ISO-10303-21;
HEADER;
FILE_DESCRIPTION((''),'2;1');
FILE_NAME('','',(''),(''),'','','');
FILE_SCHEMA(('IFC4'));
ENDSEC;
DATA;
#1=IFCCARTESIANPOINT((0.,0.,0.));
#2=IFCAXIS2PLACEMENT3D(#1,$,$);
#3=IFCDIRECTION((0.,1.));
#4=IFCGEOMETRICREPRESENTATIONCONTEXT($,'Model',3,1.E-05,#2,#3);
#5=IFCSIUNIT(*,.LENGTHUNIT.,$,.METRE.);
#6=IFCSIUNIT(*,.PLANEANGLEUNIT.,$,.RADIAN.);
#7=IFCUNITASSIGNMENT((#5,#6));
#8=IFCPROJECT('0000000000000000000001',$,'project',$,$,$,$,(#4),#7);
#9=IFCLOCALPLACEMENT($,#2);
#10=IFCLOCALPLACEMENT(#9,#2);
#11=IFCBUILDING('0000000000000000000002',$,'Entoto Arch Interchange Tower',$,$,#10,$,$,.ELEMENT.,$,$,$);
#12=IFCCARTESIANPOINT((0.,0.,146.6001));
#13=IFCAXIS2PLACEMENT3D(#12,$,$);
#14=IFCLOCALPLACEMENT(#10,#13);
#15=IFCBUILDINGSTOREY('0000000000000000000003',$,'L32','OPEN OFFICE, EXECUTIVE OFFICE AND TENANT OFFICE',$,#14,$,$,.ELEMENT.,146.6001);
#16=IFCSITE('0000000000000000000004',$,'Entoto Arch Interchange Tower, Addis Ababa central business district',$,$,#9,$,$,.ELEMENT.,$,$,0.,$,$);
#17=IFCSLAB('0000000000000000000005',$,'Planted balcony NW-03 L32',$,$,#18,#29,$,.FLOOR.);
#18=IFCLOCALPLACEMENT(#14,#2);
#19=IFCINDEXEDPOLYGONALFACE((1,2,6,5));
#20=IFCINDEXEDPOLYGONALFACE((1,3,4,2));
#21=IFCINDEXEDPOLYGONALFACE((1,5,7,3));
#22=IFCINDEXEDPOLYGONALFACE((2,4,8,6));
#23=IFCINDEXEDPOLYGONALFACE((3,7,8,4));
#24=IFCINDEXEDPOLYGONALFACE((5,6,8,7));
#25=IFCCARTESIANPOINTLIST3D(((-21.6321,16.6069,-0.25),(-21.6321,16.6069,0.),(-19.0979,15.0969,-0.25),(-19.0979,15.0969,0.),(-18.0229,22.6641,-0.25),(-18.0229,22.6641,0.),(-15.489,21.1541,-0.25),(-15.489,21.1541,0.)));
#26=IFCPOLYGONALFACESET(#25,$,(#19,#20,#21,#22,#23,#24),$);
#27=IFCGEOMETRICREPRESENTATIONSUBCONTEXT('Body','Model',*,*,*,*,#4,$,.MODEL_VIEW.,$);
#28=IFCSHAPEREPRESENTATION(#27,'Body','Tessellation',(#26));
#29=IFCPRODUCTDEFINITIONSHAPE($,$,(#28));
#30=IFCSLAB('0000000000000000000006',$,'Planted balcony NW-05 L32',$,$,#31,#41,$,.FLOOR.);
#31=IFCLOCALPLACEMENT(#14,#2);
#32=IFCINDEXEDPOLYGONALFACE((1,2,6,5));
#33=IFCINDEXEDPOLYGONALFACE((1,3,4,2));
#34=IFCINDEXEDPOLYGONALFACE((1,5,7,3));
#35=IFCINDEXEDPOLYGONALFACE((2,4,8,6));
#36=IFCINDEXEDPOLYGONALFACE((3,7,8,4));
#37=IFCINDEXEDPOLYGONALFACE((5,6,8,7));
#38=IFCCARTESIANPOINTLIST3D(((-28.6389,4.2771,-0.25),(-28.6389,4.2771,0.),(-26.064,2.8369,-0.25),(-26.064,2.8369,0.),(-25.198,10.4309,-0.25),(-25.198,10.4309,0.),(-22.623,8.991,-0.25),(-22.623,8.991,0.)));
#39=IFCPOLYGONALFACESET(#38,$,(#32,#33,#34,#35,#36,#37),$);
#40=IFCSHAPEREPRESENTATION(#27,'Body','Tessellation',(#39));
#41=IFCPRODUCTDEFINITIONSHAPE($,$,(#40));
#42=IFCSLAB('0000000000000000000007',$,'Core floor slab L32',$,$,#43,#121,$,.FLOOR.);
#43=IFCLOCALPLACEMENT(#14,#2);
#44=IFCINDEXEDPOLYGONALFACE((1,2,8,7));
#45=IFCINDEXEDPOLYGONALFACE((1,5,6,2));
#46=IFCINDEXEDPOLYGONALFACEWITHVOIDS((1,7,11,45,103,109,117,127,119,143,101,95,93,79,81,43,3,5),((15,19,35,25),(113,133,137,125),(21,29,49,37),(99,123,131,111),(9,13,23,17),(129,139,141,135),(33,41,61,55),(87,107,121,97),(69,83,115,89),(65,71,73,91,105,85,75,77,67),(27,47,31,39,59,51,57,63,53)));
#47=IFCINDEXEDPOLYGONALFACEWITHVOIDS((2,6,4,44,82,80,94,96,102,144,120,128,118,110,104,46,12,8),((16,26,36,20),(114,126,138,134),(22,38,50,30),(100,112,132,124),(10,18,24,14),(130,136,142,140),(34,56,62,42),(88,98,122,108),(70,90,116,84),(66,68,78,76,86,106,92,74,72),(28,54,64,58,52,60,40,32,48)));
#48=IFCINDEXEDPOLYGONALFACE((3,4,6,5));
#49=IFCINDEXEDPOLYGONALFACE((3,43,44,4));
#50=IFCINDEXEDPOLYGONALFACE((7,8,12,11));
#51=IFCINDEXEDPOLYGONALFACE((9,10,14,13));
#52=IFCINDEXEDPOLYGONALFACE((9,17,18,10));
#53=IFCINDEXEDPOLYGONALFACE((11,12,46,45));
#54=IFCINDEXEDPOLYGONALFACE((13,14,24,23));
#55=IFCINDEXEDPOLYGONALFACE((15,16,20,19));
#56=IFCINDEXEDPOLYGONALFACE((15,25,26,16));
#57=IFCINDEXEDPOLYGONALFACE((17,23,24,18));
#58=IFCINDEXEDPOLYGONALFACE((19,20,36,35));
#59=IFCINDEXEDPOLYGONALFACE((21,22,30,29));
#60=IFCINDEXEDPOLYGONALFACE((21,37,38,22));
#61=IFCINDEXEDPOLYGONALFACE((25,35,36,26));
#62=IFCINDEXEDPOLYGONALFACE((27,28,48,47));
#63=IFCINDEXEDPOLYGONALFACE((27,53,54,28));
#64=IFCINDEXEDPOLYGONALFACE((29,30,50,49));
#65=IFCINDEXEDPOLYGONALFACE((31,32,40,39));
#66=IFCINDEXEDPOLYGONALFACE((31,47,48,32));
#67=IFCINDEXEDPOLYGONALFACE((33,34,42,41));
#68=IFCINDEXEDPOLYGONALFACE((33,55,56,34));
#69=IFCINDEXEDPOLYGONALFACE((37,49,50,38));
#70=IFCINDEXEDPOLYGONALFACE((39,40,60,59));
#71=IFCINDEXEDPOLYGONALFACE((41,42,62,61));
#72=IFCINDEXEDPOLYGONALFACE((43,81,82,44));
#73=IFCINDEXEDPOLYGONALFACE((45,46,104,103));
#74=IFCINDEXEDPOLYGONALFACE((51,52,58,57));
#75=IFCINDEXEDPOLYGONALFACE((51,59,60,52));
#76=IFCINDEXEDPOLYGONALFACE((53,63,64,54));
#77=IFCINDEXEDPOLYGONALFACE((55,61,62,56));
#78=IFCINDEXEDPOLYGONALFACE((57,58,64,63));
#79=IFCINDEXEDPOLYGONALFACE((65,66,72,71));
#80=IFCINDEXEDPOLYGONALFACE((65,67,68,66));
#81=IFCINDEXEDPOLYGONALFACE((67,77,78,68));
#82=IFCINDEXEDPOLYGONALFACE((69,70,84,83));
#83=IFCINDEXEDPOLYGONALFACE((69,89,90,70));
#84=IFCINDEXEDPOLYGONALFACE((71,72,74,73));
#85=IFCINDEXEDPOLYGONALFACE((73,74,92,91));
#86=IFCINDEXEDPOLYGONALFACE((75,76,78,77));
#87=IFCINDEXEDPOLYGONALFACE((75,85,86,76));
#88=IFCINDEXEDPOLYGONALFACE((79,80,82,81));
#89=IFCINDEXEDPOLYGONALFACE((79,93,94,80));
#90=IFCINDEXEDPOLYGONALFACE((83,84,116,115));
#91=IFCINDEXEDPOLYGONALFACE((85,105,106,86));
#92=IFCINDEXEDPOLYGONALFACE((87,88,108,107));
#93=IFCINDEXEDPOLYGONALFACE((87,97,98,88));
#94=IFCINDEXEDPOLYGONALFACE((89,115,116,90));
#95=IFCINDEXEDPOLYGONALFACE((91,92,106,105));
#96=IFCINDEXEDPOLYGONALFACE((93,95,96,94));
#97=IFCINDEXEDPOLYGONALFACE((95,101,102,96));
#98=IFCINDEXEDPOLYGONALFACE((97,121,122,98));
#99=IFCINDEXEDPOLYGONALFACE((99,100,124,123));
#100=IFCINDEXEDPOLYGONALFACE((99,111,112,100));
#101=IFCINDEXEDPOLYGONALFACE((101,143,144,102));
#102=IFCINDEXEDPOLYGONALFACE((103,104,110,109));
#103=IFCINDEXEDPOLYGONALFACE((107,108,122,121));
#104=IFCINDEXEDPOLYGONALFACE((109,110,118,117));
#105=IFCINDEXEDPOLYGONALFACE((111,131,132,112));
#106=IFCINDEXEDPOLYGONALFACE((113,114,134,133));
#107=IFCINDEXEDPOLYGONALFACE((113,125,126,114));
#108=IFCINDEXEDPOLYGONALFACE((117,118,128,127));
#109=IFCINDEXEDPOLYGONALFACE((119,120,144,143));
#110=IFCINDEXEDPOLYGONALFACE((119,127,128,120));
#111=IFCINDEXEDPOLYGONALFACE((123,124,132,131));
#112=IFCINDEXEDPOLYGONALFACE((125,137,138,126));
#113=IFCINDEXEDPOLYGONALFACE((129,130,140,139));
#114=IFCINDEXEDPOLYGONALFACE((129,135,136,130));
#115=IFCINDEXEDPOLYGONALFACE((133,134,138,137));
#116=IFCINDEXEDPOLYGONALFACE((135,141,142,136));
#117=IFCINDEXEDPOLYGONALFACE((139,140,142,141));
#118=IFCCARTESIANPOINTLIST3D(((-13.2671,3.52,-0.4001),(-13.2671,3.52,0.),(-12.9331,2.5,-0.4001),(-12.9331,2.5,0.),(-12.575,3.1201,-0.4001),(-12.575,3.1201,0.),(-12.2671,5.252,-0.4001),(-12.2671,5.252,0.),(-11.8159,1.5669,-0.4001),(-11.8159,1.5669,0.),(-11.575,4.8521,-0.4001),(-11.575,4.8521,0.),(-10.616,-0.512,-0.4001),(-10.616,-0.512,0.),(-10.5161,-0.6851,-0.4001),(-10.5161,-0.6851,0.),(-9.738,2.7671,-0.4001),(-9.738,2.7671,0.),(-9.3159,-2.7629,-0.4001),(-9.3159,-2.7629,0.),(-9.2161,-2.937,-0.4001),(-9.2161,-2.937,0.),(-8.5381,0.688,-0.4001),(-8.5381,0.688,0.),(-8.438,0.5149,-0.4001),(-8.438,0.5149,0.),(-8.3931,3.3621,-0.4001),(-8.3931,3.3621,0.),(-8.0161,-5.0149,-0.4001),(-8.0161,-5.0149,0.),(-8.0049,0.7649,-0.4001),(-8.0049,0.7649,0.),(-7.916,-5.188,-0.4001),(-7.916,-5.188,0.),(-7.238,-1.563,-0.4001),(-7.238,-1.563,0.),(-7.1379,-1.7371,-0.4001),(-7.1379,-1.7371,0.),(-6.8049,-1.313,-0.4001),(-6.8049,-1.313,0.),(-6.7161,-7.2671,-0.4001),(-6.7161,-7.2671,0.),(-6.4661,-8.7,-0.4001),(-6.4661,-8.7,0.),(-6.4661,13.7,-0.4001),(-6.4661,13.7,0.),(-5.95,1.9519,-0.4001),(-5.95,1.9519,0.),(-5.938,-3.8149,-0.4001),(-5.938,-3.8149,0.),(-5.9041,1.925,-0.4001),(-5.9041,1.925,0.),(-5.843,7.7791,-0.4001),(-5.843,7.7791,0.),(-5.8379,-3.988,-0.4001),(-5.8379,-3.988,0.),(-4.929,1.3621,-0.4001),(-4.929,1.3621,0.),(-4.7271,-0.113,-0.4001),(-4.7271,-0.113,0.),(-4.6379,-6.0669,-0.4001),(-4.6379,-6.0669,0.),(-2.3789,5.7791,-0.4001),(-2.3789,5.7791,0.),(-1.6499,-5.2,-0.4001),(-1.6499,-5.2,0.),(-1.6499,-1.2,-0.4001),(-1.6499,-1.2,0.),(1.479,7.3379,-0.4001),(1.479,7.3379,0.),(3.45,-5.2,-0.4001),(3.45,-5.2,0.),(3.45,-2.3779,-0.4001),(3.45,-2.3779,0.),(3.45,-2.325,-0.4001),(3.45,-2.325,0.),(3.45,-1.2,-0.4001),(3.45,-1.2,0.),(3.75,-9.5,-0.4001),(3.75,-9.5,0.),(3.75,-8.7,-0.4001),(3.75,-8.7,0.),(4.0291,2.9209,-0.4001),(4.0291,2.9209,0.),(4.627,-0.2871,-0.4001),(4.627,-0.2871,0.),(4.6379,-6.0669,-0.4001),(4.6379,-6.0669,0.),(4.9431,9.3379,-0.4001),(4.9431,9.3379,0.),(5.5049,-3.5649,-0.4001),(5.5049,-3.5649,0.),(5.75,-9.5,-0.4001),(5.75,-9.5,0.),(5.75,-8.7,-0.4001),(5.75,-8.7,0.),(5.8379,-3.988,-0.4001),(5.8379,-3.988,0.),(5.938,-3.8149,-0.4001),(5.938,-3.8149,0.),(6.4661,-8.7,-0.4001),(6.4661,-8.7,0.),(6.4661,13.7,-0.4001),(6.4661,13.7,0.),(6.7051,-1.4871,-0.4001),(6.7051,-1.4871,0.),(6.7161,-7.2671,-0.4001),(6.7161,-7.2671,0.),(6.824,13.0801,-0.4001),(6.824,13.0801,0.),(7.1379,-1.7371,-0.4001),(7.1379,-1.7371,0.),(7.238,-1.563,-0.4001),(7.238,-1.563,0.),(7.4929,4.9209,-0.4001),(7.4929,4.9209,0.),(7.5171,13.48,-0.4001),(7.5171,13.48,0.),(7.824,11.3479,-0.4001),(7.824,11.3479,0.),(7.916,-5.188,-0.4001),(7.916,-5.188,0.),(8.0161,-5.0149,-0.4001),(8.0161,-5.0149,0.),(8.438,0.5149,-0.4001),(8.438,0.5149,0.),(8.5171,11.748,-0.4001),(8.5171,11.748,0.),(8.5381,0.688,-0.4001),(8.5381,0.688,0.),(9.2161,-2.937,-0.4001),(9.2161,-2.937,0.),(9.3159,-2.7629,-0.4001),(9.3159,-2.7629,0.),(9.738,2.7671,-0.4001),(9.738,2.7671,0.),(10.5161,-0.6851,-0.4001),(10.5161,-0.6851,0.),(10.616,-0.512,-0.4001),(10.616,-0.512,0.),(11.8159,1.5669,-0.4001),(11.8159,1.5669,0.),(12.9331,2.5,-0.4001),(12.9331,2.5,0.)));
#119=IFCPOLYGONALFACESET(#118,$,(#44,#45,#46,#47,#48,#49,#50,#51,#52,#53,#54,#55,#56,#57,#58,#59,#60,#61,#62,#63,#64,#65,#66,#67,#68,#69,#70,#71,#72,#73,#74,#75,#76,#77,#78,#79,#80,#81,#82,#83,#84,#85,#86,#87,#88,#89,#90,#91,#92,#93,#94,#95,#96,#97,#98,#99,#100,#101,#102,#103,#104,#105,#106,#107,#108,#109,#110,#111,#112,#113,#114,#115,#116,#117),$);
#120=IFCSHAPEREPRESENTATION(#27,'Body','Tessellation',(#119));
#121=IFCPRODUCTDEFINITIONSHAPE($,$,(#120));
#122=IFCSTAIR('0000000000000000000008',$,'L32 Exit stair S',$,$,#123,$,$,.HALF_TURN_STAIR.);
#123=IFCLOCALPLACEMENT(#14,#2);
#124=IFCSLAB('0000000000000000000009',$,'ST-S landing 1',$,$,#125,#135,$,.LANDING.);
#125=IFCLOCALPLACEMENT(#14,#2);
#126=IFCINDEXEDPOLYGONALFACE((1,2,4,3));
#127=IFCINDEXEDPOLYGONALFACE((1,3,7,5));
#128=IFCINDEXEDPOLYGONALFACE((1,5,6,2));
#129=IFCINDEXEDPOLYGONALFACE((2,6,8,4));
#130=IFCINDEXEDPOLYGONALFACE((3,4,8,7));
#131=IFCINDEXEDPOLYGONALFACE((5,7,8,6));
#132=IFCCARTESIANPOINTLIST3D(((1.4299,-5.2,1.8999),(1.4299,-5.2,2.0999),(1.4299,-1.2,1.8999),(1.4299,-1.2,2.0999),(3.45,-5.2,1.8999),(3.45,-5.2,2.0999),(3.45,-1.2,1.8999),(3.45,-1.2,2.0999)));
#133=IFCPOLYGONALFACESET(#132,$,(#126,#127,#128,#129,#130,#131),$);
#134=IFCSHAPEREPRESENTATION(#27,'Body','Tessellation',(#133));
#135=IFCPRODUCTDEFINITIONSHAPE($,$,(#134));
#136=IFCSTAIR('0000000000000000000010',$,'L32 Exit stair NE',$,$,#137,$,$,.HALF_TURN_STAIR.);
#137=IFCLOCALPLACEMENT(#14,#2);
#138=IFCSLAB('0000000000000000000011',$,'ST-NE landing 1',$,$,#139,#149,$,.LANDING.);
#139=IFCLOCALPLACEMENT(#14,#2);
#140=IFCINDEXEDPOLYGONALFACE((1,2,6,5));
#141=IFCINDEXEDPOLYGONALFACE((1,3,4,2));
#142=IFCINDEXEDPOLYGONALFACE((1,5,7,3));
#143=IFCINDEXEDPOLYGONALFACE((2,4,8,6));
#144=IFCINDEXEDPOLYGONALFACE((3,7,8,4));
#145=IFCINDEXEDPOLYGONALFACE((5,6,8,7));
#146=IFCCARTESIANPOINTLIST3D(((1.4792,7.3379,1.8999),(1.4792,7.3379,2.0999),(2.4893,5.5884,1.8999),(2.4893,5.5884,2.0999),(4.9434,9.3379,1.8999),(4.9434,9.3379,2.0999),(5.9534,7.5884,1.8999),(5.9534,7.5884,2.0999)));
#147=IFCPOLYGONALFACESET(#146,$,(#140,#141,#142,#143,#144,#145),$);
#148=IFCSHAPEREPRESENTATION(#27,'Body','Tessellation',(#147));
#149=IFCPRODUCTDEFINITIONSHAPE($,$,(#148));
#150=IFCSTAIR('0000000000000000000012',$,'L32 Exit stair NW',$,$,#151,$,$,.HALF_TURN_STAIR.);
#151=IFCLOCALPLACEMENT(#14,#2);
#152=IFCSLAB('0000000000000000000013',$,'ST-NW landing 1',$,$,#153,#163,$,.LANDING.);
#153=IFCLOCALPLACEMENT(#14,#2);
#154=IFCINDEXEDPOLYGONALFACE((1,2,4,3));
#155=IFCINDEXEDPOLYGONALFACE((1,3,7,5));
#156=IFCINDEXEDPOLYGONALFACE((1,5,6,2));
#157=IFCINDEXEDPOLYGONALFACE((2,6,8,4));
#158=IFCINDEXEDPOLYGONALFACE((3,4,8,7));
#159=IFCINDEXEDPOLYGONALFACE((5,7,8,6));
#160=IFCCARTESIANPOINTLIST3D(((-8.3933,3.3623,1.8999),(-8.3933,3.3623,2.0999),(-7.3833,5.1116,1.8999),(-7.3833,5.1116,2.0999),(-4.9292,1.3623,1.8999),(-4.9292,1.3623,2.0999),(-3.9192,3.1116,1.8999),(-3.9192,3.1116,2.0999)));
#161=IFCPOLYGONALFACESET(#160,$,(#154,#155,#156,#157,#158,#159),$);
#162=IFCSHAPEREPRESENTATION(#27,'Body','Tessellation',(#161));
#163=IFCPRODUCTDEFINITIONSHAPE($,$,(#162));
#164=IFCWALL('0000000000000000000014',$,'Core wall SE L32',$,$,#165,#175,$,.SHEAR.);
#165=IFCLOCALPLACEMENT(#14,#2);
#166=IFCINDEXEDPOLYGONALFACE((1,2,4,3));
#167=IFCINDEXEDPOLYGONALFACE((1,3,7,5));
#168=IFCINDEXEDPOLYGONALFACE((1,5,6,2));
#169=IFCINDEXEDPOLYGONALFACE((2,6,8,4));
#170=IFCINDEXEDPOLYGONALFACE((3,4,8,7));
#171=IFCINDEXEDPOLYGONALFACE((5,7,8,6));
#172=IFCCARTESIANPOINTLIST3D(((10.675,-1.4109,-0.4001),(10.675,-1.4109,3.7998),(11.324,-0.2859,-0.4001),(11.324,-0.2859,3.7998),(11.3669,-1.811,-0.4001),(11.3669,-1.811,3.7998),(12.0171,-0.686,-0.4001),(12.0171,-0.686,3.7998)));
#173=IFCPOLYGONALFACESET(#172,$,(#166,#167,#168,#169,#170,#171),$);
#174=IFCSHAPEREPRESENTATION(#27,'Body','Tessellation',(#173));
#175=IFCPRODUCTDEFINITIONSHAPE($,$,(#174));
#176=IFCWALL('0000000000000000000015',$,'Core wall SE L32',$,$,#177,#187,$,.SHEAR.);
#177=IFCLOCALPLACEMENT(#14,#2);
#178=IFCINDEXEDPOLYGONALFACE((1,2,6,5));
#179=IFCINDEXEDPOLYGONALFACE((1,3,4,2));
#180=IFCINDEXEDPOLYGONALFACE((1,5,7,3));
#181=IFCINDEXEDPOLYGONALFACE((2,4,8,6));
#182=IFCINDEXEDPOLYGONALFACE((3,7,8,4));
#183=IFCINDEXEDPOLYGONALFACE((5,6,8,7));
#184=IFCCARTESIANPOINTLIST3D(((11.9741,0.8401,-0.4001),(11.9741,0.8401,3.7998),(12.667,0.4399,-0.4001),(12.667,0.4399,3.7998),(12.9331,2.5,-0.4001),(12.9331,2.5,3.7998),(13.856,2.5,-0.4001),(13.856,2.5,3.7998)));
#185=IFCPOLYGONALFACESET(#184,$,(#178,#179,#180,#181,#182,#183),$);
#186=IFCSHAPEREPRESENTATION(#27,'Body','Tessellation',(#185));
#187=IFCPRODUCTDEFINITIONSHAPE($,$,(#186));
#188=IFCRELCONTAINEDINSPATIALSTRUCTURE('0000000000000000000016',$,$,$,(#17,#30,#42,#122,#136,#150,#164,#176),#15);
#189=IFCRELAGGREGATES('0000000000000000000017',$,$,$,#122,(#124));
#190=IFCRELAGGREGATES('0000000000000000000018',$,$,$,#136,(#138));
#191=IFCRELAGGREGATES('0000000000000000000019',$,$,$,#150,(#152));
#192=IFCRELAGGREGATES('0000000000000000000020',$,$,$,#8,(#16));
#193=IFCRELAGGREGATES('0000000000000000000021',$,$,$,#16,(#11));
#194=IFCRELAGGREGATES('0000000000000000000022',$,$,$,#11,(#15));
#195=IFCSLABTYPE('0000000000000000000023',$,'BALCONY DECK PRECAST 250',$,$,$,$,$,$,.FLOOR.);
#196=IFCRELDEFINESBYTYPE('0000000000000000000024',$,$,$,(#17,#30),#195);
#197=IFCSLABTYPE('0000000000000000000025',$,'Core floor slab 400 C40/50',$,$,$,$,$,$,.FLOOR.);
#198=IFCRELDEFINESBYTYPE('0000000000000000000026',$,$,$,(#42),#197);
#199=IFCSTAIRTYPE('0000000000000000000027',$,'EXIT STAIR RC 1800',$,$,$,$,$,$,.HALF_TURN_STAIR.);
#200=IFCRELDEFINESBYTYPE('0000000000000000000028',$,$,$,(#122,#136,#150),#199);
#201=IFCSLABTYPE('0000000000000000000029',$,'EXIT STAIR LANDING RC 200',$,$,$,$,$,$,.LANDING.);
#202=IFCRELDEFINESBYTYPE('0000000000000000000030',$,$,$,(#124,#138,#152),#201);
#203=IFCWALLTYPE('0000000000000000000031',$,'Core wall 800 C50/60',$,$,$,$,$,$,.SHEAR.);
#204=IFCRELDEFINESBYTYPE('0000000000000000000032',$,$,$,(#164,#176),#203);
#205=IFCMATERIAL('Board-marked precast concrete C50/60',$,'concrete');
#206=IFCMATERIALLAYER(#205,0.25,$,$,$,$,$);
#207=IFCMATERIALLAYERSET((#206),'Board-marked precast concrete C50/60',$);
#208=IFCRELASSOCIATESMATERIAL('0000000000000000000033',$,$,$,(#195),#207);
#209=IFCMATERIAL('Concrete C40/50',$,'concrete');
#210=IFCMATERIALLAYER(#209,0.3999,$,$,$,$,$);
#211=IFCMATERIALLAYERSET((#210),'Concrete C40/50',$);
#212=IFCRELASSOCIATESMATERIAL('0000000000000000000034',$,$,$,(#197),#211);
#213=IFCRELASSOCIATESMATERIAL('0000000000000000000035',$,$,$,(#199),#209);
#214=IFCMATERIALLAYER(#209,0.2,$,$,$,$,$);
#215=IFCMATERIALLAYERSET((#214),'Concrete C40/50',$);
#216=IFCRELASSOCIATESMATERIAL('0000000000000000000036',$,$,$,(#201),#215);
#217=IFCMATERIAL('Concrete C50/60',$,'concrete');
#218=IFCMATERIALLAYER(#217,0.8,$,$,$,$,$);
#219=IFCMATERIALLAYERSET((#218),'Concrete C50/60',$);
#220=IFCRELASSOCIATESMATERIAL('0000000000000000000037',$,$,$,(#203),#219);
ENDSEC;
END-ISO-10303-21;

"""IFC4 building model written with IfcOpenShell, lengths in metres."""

from ifc_helpers import new_model, si_unit, direction, frame, origin, place, context, subcontext, project, spatial, polyline, outline, extrude, material, layer, layer_set, type_object, element, aggregate, save


model = new_model("IFC4")

# Units and contexts
model_context = context("Model", 3, precision=1e-05, world=origin(), true_north=direction((0.0, 1.0)))
body_context = subcontext(model_context, "Body", "Model", "MODEL_VIEW")
ifc_project = project(units=[si_unit("LENGTHUNIT", "METRE"), si_unit("PLANEANGLEUNIT", "RADIAN")], contexts=[model_context])

# Site, building, storey
site_placement = place(None, origin())
site = spatial("IfcSite", under=ifc_project, at=site_placement, Name="Entoto Arch Interchange Tower, Addis Ababa central business district", CompositionType="ELEMENT", RefElevation=0.0)
building_placement = place(site_placement, origin())
building = spatial("IfcBuilding", under=site, at=building_placement, Name="Entoto Arch Interchange Tower", CompositionType="ELEMENT")
storey_placement = place(building_placement, frame((0.0, 0.0, 146.6001)))
storey = spatial("IfcBuildingStorey", under=building, at=storey_placement, Name="L32", Description="OPEN OFFICE, EXECUTIVE OFFICE AND TENANT OFFICE", CompositionType="ELEMENT", Elevation=146.6001)

# Slabs
ifc_material_1 = material(Name="Board-marked precast concrete C50/60", Category="concrete")
ifc_layer_1 = layer(ifc_material_1, 0.25)
ifc_layer_set_1 = layer_set([ifc_layer_1], Name="Board-marked precast concrete C50/60")
slab_type_1 = type_object("IfcSlabType", Name="BALCONY DECK PRECAST 250", PredefinedType="FLOOR", material=ifc_layer_set_1)
slab_1_placement = place(storey_placement, frame((0.0, 0.0, -0.25)))
element("IfcSlab", 1, at=slab_1_placement, inside=storey, type_object=slab_type_1, Name="Planted balcony NW-03 L32", PredefinedType="FLOOR", context=body_context, shape_type="SweptSolid", body=[
    extrude(outline(polyline([(-15.489, 21.1541), (-19.0979, 15.0969), (-21.6321, 16.6069), (-18.0229, 22.6641), (-15.489, 21.1541)])), origin(), (0.0, 0.0, 1.0), 0.25),
])
slab_2_placement = place(storey_placement, frame((0.0, 0.0, -0.25)))
element("IfcSlab", 2, at=slab_2_placement, inside=storey, type_object=slab_type_1, Name="Planted balcony NW-05 L32", PredefinedType="FLOOR", context=body_context, shape_type="SweptSolid", body=[
    extrude(outline(polyline([(-22.623, 8.991), (-26.064, 2.8369), (-28.6389, 4.2771), (-25.198, 10.4309), (-22.623, 8.991)])), origin(), (0.0, 0.0, 1.0), 0.25),
])
ifc_material_2 = material(Name="Concrete C40/50", Category="concrete")
ifc_layer_2 = layer(ifc_material_2, 0.3999)
ifc_layer_set_2 = layer_set([ifc_layer_2], Name="Concrete C40/50")
slab_type_2 = type_object("IfcSlabType", Name="Core floor slab 400 C40/50", PredefinedType="FLOOR", material=ifc_layer_set_2)
slab_3_placement = place(storey_placement, frame((0.0, 0.0, -0.4001)))
element("IfcSlab", 3, at=slab_3_placement, inside=storey, type_object=slab_type_2, Name="Core floor slab L32", PredefinedType="FLOOR", context=body_context, shape_type="SweptSolid", body=[
    extrude(outline(polyline([(5.75, -9.5), (3.75, -9.5), (3.75, -8.7), (-6.4661, -8.7), (-12.9331, 2.5), (-12.575, 3.1201), (-13.2671, 3.52), (-12.2671, 5.252), (-11.575, 4.8521), (-6.4661, 13.7), (6.4661, 13.7), (6.824, 13.0801), (7.5171, 13.48), (8.5171, 11.748), (7.824, 11.3479), (12.9331, 2.5), (6.4661, -8.7), (5.75, -8.7), (5.75, -9.5)]), holes=[polyline([(-5.8379, -3.988), (-7.916, -5.188), (-6.7161, -7.2671), (-4.6379, -6.0669), (-5.8379, -3.988)]), polyline([(-5.938, -3.8149), (-7.1379, -1.7371), (-9.2161, -2.937), (-8.0161, -5.0149), (-5.938, -3.8149)]), polyline([(5.5049, -3.5649), (6.7051, -1.4871), (4.627, -0.2871), (3.45, -2.325), (3.45, -1.2), (-1.6499, -1.2), (-1.6499, -5.2), (3.45, -5.2), (3.45, -2.3779), (5.5049, -3.5649)]), polyline([(-8.438, 0.5149), (-10.5161, -0.6851), (-9.3159, -2.7629), (-7.238, -1.563), (-8.438, 0.5149)]), polyline([(-4.7271, -0.113), (-5.9041, 1.925), (-4.929, 1.3621), (-2.3789, 5.7791), (-5.843, 7.7791), (-8.3931, 3.3621), (-5.95, 1.9519), (-8.0049, 0.7649), (-6.8049, -1.313), (-4.7271, -0.113)]), polyline([(-8.5381, 0.688), (-9.738, 2.7671), (-11.8159, 1.5669), (-10.616, -0.512), (-8.5381, 0.688)]), polyline([(5.8379, -3.988), (4.6379, -6.0669), (6.7161, -7.2671), (7.916, -5.188), (5.8379, -3.988)]), polyline([(7.1379, -1.7371), (5.938, -3.8149), (8.0161, -5.0149), (9.2161, -2.937), (7.1379, -1.7371)]), polyline([(8.438, 0.5149), (7.238, -1.563), (9.3159, -2.7629), (10.5161, -0.6851), (8.438, 0.5149)]), polyline([(9.738, 2.7671), (8.5381, 0.688), (10.616, -0.512), (11.8159, 1.5669), (9.738, 2.7671)]), polyline([(4.0291, 2.9209), (7.4929, 4.9209), (4.9431, 9.3379), (1.479, 7.3379), (4.0291, 2.9209)])]), origin(), (0.0, 0.0, 1.0), 0.4001),
])

# Stairs, slabs
stair_type = type_object("IfcStairType", Name="EXIT STAIR RC 1800", PredefinedType="HALF_TURN_STAIR", material=ifc_material_2)
stair_1_placement = place(storey_placement, origin())
stair_1 = element("IfcStair", 4, at=stair_1_placement, inside=storey, type_object=stair_type, Name="L32 Exit stair S", PredefinedType="HALF_TURN_STAIR")
ifc_layer_3 = layer(ifc_material_2, 0.2)
ifc_layer_set_3 = layer_set([ifc_layer_3], Name="Concrete C40/50")
slab_type_3 = type_object("IfcSlabType", Name="EXIT STAIR LANDING RC 200", PredefinedType="LANDING", material=ifc_layer_set_3)
slab_4_placement = place(storey_placement, frame((0.0, 0.0, 1.8999)))
slab_4 = element("IfcSlab", 5, at=slab_4_placement, type_object=slab_type_3, Name="ST-S landing 1", PredefinedType="LANDING", context=body_context, shape_type="SweptSolid", body=[
    extrude(outline(polyline([(1.4299, -5.2), (3.45, -5.2), (3.45, -1.2), (1.4299, -1.2), (1.4299, -5.2)])), origin(), (0.0, 0.0, 1.0), 0.2),
])
aggregate(stair_1, [slab_4])
stair_2_placement = place(storey_placement, origin())
stair_2 = element("IfcStair", 6, at=stair_2_placement, inside=storey, type_object=stair_type, Name="L32 Exit stair NE", PredefinedType="HALF_TURN_STAIR")
slab_5_placement = place(storey_placement, frame((0.0, 0.0, 1.8999)))
slab_5 = element("IfcSlab", 7, at=slab_5_placement, type_object=slab_type_3, Name="ST-NE landing 1", PredefinedType="LANDING", context=body_context, shape_type="SweptSolid", body=[
    extrude(outline(polyline([(5.9534, 7.5884), (4.9434, 9.3379), (1.4792, 7.3379), (2.4893, 5.5884), (5.9534, 7.5884)])), origin(), (0.0, 0.0, 1.0), 0.2),
])
aggregate(stair_2, [slab_5])
stair_3_placement = place(storey_placement, origin())
stair_3 = element("IfcStair", 8, at=stair_3_placement, inside=storey, type_object=stair_type, Name="L32 Exit stair NW", PredefinedType="HALF_TURN_STAIR")
slab_6_placement = place(storey_placement, frame((0.0, 0.0, 1.8999)))
slab_6 = element("IfcSlab", 9, at=slab_6_placement, type_object=slab_type_3, Name="ST-NW landing 1", PredefinedType="LANDING", context=body_context, shape_type="SweptSolid", body=[
    extrude(outline(polyline([(-7.3833, 5.1116), (-8.3933, 3.3623), (-4.9292, 1.3623), (-3.9192, 3.1116), (-7.3833, 5.1116)])), origin(), (0.0, 0.0, 1.0), 0.2),
])
aggregate(stair_3, [slab_6])

# Walls
ifc_material_3 = material(Name="Concrete C50/60", Category="concrete")
ifc_layer_4 = layer(ifc_material_3, 0.8)
ifc_layer_set_4 = layer_set([ifc_layer_4], Name="Concrete C50/60")
wall_type_1 = type_object("IfcWallType", Name="Core wall 800 C50/60", PredefinedType="SHEAR", material=ifc_layer_set_4)
wall_1_placement = place(storey_placement, frame((0.0, 0.0, -0.4001)))
element("IfcWall", 10, at=wall_1_placement, inside=storey, type_object=wall_type_1, Name="Core wall SE L32", PredefinedType="SHEAR", context=body_context, shape_type="SweptSolid", body=[
    extrude(outline(polyline([(12.0171, -0.686), (11.324, -0.2859), (10.675, -1.4109), (11.3669, -1.811), (12.0171, -0.686)])), origin(), (0.0, 0.0, 1.0), 4.2),
])
wall_2_placement = place(storey_placement, frame((0.0, 0.0, -0.4001)))
element("IfcWall", 11, at=wall_2_placement, inside=storey, type_object=wall_type_1, Name="Core wall SE L32", PredefinedType="SHEAR", context=body_context, shape_type="SweptSolid", body=[
    extrude(outline(polyline([(11.9741, 0.8401), (12.667, 0.4399), (13.856, 2.5), (12.9331, 2.5), (11.9741, 0.8401)])), origin(), (0.0, 0.0, 1.0), 4.2),
])

save(model, "model.ifc")
